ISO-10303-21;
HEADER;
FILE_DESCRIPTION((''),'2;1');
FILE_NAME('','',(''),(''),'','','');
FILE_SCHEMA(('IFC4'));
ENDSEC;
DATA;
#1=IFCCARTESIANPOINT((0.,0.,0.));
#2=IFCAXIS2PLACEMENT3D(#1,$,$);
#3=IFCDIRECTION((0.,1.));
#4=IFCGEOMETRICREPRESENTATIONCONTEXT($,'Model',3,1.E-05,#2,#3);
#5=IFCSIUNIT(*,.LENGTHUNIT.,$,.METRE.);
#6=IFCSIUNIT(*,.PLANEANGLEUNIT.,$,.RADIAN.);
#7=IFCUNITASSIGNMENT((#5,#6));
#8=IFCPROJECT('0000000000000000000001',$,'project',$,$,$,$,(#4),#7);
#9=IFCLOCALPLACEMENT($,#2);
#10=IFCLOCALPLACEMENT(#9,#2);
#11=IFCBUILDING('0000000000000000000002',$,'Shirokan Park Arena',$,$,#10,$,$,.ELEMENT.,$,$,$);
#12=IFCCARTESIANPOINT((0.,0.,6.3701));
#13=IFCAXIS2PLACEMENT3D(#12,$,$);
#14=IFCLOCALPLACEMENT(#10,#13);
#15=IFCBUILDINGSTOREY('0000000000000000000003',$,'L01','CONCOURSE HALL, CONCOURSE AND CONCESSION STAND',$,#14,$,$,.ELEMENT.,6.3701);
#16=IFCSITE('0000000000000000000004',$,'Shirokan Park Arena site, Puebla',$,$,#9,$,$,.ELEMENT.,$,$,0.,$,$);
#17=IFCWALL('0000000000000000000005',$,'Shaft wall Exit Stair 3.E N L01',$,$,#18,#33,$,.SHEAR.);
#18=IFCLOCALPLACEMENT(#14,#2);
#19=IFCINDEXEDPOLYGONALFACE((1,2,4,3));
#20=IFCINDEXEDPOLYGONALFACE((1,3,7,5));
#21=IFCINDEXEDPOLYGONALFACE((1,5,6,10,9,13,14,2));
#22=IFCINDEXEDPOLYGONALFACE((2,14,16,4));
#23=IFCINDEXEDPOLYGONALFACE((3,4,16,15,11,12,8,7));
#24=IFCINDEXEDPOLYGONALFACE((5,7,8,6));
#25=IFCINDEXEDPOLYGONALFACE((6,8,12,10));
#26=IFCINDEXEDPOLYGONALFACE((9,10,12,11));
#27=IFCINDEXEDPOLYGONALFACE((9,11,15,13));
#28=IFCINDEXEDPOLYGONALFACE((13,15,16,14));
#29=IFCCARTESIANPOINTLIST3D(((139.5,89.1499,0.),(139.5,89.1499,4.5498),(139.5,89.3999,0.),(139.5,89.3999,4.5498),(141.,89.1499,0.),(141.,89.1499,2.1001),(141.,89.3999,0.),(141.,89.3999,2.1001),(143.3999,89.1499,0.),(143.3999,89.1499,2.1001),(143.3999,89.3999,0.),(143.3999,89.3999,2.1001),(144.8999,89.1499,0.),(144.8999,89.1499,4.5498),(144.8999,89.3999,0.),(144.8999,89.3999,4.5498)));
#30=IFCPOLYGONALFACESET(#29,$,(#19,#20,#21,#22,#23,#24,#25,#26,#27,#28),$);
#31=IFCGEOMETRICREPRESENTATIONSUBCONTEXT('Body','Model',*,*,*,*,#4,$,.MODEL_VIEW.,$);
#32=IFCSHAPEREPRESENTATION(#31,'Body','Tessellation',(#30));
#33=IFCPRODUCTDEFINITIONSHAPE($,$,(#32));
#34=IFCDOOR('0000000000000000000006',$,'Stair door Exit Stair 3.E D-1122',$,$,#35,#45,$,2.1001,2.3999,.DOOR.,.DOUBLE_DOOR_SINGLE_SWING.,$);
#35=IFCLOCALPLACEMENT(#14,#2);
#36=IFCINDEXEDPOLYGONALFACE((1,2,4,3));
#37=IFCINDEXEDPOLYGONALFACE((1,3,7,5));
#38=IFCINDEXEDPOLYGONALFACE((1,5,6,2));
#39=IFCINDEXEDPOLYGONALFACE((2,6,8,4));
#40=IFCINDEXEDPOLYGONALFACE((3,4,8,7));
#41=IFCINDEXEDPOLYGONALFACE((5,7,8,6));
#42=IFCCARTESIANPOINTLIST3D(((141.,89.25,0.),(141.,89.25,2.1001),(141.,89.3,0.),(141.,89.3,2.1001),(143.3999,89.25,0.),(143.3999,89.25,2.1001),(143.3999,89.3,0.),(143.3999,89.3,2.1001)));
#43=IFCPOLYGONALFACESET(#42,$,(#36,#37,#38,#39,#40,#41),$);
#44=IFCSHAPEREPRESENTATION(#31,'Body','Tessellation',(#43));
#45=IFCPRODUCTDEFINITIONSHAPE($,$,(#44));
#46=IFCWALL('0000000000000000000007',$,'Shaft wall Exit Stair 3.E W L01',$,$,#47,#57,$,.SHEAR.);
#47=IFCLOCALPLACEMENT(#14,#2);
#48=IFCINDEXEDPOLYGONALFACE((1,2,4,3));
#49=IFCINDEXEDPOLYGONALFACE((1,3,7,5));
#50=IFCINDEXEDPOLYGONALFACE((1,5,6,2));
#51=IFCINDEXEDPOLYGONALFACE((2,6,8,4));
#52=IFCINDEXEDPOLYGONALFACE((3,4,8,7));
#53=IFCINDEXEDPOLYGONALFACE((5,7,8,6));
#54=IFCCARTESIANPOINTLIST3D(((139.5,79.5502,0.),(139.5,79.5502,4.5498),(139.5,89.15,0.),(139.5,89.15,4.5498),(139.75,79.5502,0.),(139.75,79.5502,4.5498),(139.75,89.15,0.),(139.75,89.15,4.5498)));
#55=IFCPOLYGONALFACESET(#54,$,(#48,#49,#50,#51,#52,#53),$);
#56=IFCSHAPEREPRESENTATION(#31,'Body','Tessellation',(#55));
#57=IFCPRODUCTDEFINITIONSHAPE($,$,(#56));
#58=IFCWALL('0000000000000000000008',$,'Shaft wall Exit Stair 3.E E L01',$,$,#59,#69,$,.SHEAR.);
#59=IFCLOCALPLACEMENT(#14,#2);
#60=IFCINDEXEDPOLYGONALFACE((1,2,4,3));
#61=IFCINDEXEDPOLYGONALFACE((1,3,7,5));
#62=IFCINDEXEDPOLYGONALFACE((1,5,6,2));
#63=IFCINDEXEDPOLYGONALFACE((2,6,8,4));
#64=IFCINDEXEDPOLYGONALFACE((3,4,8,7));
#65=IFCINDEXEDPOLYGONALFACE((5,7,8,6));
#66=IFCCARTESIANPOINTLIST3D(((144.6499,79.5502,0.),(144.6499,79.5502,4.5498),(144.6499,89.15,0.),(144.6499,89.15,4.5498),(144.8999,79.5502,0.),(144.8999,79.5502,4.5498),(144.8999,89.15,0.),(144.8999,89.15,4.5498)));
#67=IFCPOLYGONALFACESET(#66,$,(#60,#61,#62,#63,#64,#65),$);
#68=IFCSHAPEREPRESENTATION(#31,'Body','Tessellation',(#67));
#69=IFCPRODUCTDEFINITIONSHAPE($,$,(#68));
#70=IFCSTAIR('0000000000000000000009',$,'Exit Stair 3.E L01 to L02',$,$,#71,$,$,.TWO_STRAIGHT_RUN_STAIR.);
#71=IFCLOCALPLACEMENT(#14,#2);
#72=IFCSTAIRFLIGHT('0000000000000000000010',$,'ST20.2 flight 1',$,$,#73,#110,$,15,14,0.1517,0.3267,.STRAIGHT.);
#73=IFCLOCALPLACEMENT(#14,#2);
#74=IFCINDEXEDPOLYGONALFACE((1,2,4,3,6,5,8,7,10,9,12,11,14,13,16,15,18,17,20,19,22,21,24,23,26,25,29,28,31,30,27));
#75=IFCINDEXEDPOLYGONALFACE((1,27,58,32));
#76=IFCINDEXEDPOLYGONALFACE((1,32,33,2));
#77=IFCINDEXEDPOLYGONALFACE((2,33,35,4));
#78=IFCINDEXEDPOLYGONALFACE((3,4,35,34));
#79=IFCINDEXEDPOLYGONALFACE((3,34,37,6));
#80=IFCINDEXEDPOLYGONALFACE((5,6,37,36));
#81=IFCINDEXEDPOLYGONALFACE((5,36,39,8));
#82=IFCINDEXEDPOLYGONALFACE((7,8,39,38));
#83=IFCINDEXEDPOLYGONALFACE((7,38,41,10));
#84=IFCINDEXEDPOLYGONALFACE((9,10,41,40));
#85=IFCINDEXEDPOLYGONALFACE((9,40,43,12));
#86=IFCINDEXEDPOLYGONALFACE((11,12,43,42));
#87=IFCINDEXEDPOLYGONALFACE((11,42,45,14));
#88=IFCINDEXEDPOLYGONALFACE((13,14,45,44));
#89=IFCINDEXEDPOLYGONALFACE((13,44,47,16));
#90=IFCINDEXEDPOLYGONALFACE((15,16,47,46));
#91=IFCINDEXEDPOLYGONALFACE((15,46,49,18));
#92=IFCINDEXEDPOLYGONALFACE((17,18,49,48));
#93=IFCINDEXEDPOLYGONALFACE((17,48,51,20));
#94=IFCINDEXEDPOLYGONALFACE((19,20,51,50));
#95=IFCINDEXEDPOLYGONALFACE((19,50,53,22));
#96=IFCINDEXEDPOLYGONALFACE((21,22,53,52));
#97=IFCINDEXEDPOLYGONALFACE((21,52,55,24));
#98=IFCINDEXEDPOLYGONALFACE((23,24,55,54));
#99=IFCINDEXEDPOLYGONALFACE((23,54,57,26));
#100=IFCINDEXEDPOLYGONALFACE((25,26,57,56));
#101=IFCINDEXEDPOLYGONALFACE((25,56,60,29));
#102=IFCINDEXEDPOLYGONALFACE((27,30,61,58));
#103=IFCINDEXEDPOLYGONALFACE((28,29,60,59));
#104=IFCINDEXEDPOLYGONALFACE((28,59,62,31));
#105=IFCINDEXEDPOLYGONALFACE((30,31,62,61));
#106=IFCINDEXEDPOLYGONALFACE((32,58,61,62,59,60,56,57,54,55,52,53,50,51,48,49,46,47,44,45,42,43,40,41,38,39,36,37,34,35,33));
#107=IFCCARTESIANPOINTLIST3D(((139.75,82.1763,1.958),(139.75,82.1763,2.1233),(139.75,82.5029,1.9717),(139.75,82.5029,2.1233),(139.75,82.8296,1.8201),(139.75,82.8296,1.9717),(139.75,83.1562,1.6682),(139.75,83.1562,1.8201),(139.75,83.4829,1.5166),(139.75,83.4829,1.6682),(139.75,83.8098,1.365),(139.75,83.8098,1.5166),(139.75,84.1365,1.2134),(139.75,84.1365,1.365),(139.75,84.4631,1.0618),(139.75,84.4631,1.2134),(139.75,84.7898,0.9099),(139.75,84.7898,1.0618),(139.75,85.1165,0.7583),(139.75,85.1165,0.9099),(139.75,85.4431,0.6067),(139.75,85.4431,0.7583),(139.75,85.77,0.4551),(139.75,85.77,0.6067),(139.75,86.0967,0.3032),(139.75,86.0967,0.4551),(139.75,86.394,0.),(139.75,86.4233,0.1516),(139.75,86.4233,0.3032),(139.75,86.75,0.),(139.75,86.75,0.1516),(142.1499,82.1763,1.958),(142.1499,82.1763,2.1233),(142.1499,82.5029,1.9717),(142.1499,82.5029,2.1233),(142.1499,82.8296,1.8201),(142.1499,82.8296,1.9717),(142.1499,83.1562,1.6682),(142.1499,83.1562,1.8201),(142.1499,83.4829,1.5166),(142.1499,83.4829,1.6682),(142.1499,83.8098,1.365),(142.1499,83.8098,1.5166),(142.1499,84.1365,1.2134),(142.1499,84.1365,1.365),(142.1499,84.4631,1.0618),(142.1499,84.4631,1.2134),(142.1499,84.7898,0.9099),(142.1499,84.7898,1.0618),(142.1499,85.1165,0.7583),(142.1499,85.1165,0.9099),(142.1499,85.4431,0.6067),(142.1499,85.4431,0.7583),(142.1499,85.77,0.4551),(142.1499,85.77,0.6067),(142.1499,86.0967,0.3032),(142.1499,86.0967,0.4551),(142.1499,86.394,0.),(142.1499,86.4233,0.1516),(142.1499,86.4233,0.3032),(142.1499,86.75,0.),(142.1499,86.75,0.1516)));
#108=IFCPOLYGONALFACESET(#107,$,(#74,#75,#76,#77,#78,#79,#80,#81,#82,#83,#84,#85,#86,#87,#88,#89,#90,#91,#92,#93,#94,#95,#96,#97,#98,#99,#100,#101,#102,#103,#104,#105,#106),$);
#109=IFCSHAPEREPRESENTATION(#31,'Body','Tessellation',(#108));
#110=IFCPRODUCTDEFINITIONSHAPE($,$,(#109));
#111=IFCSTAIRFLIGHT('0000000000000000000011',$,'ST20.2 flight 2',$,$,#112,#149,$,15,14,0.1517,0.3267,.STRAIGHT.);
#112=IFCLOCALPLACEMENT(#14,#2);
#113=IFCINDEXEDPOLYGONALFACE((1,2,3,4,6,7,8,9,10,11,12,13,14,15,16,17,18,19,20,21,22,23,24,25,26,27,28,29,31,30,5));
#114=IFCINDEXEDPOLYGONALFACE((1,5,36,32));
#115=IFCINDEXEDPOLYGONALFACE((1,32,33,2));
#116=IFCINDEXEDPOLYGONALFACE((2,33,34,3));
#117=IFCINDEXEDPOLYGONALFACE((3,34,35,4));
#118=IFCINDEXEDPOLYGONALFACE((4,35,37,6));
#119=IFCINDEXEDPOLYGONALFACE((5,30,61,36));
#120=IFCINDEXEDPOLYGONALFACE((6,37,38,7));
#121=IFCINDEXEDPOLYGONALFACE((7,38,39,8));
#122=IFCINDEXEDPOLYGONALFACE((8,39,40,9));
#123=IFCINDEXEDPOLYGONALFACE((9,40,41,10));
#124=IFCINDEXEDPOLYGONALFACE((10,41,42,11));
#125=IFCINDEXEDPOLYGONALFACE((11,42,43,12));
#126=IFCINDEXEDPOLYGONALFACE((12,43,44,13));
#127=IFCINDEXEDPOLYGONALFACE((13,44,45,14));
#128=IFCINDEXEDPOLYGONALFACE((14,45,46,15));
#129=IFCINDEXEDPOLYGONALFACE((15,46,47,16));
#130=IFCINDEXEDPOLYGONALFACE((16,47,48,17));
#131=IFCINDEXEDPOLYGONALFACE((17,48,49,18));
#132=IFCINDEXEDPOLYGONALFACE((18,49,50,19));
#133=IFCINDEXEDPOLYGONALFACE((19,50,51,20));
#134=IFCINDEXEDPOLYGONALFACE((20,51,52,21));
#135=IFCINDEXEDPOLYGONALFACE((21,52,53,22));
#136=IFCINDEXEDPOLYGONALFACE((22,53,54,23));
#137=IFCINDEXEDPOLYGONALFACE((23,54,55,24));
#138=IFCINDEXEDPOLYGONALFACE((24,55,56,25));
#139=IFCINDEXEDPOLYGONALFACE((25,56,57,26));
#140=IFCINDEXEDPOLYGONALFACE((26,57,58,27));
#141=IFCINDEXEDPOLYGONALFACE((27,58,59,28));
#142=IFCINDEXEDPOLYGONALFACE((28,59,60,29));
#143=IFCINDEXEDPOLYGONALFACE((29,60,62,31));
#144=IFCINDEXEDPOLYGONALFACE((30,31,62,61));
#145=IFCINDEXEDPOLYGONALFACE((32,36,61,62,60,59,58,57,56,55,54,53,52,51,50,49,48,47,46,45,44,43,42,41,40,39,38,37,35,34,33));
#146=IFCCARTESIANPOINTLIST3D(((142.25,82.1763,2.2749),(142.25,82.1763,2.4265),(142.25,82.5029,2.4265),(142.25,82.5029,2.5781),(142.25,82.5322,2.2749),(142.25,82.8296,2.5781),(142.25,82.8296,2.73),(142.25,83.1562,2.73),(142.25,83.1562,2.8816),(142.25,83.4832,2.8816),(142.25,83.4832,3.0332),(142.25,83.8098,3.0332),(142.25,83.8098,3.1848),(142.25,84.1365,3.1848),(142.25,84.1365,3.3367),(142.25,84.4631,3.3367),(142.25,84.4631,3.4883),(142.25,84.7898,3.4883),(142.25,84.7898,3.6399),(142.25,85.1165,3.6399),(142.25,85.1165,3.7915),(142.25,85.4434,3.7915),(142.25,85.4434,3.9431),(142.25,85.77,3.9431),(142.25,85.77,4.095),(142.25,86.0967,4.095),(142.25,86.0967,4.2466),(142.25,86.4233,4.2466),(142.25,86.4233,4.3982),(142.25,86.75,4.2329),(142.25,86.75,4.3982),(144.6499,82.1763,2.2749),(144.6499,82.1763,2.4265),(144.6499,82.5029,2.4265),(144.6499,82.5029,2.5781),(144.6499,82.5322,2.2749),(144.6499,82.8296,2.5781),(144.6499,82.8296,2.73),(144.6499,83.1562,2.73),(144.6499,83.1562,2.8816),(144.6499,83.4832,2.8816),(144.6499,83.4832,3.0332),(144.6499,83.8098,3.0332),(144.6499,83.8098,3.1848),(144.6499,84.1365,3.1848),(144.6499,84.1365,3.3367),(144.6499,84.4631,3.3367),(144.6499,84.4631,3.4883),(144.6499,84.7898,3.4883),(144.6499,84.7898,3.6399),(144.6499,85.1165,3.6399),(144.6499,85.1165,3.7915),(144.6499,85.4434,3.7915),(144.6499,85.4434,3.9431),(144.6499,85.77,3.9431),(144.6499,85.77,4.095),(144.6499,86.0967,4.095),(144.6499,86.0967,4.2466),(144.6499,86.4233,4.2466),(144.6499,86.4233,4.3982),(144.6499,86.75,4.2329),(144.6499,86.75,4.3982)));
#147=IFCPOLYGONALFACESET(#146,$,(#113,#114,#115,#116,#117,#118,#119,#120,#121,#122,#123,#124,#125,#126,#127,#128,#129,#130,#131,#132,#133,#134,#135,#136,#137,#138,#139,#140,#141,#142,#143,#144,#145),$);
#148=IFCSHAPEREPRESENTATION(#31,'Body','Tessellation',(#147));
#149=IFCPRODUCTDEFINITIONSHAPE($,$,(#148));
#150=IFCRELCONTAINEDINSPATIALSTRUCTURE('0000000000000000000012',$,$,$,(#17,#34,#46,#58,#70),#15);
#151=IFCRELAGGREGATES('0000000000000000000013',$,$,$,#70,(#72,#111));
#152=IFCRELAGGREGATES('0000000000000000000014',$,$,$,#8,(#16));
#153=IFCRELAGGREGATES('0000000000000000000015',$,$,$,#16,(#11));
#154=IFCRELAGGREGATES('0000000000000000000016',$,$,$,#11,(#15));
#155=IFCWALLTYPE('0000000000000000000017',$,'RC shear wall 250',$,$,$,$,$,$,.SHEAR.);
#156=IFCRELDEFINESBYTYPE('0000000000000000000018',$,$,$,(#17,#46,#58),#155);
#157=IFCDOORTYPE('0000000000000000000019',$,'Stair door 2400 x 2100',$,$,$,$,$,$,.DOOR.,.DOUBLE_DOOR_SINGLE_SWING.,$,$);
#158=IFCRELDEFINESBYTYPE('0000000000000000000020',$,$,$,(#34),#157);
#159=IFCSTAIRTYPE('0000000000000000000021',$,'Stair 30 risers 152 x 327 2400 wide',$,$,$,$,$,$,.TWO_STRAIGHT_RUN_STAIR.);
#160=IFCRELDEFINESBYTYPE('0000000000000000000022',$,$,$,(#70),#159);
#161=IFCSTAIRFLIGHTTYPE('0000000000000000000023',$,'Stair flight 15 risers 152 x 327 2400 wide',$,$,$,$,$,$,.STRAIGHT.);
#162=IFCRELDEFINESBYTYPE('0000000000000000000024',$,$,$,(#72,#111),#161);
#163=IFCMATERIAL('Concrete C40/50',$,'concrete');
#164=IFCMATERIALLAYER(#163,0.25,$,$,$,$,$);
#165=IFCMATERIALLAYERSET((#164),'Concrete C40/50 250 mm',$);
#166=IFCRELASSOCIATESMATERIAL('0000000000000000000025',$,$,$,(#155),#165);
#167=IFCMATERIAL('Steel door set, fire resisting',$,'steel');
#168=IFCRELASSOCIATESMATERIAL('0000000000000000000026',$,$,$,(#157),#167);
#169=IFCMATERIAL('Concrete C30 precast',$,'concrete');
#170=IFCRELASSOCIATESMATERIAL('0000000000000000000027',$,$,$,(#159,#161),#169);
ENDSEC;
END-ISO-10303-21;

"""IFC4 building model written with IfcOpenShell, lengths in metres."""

from ifc_helpers import new_model, si_unit, direction, frame, frame_2d, origin, place, context, subcontext, project, spatial, polyline, rectangle, outline, extrude, material, layer, layer_set, type_object, element, fill, aggregate, save


model = new_model("IFC4")

# Units and contexts
model_context = context("Model", 3, precision=1e-05, world=origin(), true_north=direction((0.0, 1.0)))
body_context = subcontext(model_context, "Body", "Model", "MODEL_VIEW")
ifc_project = project(units=[si_unit("LENGTHUNIT", "METRE"), si_unit("PLANEANGLEUNIT", "RADIAN")], contexts=[model_context])

# Site, building, storey
site_placement = place(None, origin())
site = spatial("IfcSite", under=ifc_project, at=site_placement, Name="Shirokan Park Arena site, Puebla", CompositionType="ELEMENT", RefElevation=0.0)
building_placement = place(site_placement, origin())
building = spatial("IfcBuilding", under=site, at=building_placement, Name="Shirokan Park Arena", CompositionType="ELEMENT")
storey_placement = place(building_placement, frame((0.0, 0.0, 6.3701)))
storey = spatial("IfcBuildingStorey", under=building, at=storey_placement, Name="L01", Description="CONCOURSE HALL, CONCOURSE AND CONCESSION STAND", CompositionType="ELEMENT", Elevation=6.3701)

# Wall, opening, door
ifc_material_1 = material(Name="Concrete C40/50", Category="concrete")
ifc_layer_1 = layer(ifc_material_1, 0.25)
ifc_layer_set_1 = layer_set([ifc_layer_1], Name="Concrete C40/50 250 mm")
wall_type_1 = type_object("IfcWallType", Name="RC shear wall 250", PredefinedType="SHEAR", material=ifc_layer_set_1)
wall_1_placement = place(storey_placement, frame((144.8999, 89.2749, 0.0), z_axis=(0.0, 0.0, 1.0), x_axis=(-1.0, 0.0, 0.0)))
wall_1 = element("IfcWall", 1, at=wall_1_placement, inside=storey, type_object=wall_type_1, Name="Shaft wall Exit Stair 3.E N L01", PredefinedType="SHEAR", context=body_context, shape_type="SweptSolid", body=[
    extrude(rectangle(XDim=5.3999, YDim=0.25, at=frame_2d((2.7, 0.0))), origin(), (0.0, 0.0, 1.0), 4.5498),
])
opening_1_placement = place(wall_1_placement, frame((1.5, 0.0, 0.0)))
opening_1 = element("IfcOpeningElement", 2, at=opening_1_placement, cuts=wall_1, PredefinedType="OPENING", context=body_context, shape_type="SweptSolid", body=[
    extrude(rectangle(XDim=2.3999, YDim=2.1001, at=frame_2d((1.2, 1.05))), frame((0.0, 0.135, 0.0), z_axis=(0.0, -1.0, 0.0), x_axis=(1.0, 0.0, 0.0)), (0.0, 0.0, 1.0), 0.27),
])
ifc_material_2 = material(Name="Steel door set, fire resisting", Category="steel")
door_type_1 = type_object("IfcDoorType", Name="Stair door 2400 x 2100", OperationType="DOUBLE_DOOR_SINGLE_SWING", PredefinedType="DOOR", material=ifc_material_2)
door_1_placement = place(opening_1_placement, origin())
door_1 = element("IfcDoor", 3, at=door_1_placement, inside=storey, type_object=door_type_1, Name="Stair door Exit Stair 3.E D-1122", OperationType="DOUBLE_DOOR_SINGLE_SWING", OverallHeight=2.1001, OverallWidth=2.3999, PredefinedType="DOOR", context=body_context, shape_type="SweptSolid", body=[
    extrude(rectangle(XDim=2.3999, YDim=2.1001, at=frame_2d((1.2, 1.05))), frame((0.0, 0.0249, 0.0), z_axis=(0.0, -1.0, 0.0), x_axis=(1.0, 0.0, 0.0)), (0.0, 0.0, 1.0), 0.05),
])
fill(opening_1, door_1)

# Walls
for number, where, z_axis, x_axis, name in (
    (4, (139.625, 89.1499, 0.0), (0.0, 0.0, 1.0), (0.0, -1.0, 0.0), "Shaft wall Exit Stair 3.E W L01"),
    (5, (144.7749, 89.1499, 0.0), (0.0, 0.0, 1.0), (0.0, -1.0, 0.0), "Shaft wall Exit Stair 3.E E L01"),
):
    element("IfcWall", number, at=place(storey_placement, frame(where, z_axis=z_axis, x_axis=x_axis)), inside=storey, type_object=wall_type_1, Name=name, PredefinedType="SHEAR", context=body_context, shape_type="SweptSolid", body=[
        extrude(rectangle(XDim=9.5999, YDim=0.25, at=frame_2d((4.7998, 0.0))), origin(), (0.0, 0.0, 1.0), 4.5498),
    ])

# Stair, stair flights
ifc_material_3 = material(Name="Concrete C30 precast", Category="concrete")
stair_type = type_object("IfcStairType", Name="Stair 30 risers 152 x 327 2400 wide", PredefinedType="TWO_STRAIGHT_RUN_STAIR", material=ifc_material_3)
stair_placement = place(storey_placement, origin())
stair = element("IfcStair", 6, at=stair_placement, inside=storey, type_object=stair_type, Name="Exit Stair 3.E L01 to L02", PredefinedType="TWO_STRAIGHT_RUN_STAIR")
stair_flight_type = type_object("IfcStairFlightType", Name="Stair flight 15 risers 152 x 327 2400 wide", PredefinedType="STRAIGHT", material=ifc_material_3)
stair_flight_1_placement = place(storey_placement, frame((140.95, 86.75, 0.0), z_axis=(0.0, 0.0, 1.0), x_axis=(0.0, -1.0, 0.0)))
stair_flight_1 = element("IfcStairFlight", 7, at=stair_flight_1_placement, type_object=stair_flight_type, Name="ST20.2 flight 1", NumberOfRisers=15, NumberOfTreads=14, PredefinedType="STRAIGHT", RiserHeight=0.1517, TreadLength=0.3267, context=body_context, shape_type="SweptSolid", body=[
    extrude(outline(polyline([(0.0, 0.0), (0.0, 0.1516), (0.3267, 0.1516), (0.3267, 0.3032), (0.6533, 0.3032), (0.6533, 0.4551), (0.98, 0.4551), (0.98, 0.6067), (1.3069, 0.6067), (1.3069, 0.7583), (1.6335, 0.7583), (1.6335, 0.9099), (1.9602, 0.9099), (1.9602, 1.0618), (2.2869, 1.0618), (2.2869, 1.2134), (2.6135, 1.2134), (2.6135, 1.365), (2.9402, 1.365), (2.9402, 1.5166), (3.2671, 1.5166), (3.2671, 1.6682), (3.5938, 1.6682), (3.5938, 1.8201), (3.9204, 1.8201), (3.9204, 1.9717), (4.2471, 1.9717), (4.2471, 2.1233), (4.5737, 2.1233), (4.5737, 2.2749), (4.5737, 1.958), (0.356, 0.0), (0.0, 0.0)])), frame((0.0, 1.2, 0.0), z_axis=(0.0, -1.0, 0.0), x_axis=(1.0, 0.0, 0.0)), (0.0, 0.0, 1.0), 2.3999),
])
stair_flight_2_placement = place(storey_placement, frame((143.45, 82.1763, 2.2749), z_axis=(0.0, 0.0, 1.0), x_axis=(0.0, 1.0, 0.0)))
stair_flight_2 = element("IfcStairFlight", 8, at=stair_flight_2_placement, type_object=stair_flight_type, Name="ST20.2 flight 2", NumberOfRisers=15, NumberOfTreads=14, PredefinedType="STRAIGHT", RiserHeight=0.1517, TreadLength=0.3267, context=body_context, shape_type="SweptSolid", body=[
    extrude(outline(polyline([(0.0, 0.0), (0.0, 0.1516), (0.3267, 0.1516), (0.3267, 0.3032), (0.6533, 0.3032), (0.6533, 0.4551), (0.98, 0.4551), (0.98, 0.6067), (1.3069, 0.6067), (1.3069, 0.7583), (1.6335, 0.7583), (1.6335, 0.9099), (1.9602, 0.9099), (1.9602, 1.0618), (2.2869, 1.0618), (2.2869, 1.2134), (2.6135, 1.2134), (2.6135, 1.365), (2.9402, 1.365), (2.9402, 1.5166), (3.2671, 1.5166), (3.2671, 1.6682), (3.5938, 1.6682), (3.5938, 1.8201), (3.9204, 1.8201), (3.9204, 1.9717), (4.2471, 1.9717), (4.2471, 2.1233), (4.5737, 2.1233), (4.5737, 2.2749), (4.5737, 1.958), (0.356, 0.0), (0.0, 0.0)])), frame((0.0, 1.2, 0.0), z_axis=(0.0, -1.0, 0.0), x_axis=(1.0, 0.0, 0.0)), (0.0, 0.0, 1.0), 2.3999),
])
aggregate(stair, [stair_flight_1, stair_flight_2])

save(model, "model.ifc")
